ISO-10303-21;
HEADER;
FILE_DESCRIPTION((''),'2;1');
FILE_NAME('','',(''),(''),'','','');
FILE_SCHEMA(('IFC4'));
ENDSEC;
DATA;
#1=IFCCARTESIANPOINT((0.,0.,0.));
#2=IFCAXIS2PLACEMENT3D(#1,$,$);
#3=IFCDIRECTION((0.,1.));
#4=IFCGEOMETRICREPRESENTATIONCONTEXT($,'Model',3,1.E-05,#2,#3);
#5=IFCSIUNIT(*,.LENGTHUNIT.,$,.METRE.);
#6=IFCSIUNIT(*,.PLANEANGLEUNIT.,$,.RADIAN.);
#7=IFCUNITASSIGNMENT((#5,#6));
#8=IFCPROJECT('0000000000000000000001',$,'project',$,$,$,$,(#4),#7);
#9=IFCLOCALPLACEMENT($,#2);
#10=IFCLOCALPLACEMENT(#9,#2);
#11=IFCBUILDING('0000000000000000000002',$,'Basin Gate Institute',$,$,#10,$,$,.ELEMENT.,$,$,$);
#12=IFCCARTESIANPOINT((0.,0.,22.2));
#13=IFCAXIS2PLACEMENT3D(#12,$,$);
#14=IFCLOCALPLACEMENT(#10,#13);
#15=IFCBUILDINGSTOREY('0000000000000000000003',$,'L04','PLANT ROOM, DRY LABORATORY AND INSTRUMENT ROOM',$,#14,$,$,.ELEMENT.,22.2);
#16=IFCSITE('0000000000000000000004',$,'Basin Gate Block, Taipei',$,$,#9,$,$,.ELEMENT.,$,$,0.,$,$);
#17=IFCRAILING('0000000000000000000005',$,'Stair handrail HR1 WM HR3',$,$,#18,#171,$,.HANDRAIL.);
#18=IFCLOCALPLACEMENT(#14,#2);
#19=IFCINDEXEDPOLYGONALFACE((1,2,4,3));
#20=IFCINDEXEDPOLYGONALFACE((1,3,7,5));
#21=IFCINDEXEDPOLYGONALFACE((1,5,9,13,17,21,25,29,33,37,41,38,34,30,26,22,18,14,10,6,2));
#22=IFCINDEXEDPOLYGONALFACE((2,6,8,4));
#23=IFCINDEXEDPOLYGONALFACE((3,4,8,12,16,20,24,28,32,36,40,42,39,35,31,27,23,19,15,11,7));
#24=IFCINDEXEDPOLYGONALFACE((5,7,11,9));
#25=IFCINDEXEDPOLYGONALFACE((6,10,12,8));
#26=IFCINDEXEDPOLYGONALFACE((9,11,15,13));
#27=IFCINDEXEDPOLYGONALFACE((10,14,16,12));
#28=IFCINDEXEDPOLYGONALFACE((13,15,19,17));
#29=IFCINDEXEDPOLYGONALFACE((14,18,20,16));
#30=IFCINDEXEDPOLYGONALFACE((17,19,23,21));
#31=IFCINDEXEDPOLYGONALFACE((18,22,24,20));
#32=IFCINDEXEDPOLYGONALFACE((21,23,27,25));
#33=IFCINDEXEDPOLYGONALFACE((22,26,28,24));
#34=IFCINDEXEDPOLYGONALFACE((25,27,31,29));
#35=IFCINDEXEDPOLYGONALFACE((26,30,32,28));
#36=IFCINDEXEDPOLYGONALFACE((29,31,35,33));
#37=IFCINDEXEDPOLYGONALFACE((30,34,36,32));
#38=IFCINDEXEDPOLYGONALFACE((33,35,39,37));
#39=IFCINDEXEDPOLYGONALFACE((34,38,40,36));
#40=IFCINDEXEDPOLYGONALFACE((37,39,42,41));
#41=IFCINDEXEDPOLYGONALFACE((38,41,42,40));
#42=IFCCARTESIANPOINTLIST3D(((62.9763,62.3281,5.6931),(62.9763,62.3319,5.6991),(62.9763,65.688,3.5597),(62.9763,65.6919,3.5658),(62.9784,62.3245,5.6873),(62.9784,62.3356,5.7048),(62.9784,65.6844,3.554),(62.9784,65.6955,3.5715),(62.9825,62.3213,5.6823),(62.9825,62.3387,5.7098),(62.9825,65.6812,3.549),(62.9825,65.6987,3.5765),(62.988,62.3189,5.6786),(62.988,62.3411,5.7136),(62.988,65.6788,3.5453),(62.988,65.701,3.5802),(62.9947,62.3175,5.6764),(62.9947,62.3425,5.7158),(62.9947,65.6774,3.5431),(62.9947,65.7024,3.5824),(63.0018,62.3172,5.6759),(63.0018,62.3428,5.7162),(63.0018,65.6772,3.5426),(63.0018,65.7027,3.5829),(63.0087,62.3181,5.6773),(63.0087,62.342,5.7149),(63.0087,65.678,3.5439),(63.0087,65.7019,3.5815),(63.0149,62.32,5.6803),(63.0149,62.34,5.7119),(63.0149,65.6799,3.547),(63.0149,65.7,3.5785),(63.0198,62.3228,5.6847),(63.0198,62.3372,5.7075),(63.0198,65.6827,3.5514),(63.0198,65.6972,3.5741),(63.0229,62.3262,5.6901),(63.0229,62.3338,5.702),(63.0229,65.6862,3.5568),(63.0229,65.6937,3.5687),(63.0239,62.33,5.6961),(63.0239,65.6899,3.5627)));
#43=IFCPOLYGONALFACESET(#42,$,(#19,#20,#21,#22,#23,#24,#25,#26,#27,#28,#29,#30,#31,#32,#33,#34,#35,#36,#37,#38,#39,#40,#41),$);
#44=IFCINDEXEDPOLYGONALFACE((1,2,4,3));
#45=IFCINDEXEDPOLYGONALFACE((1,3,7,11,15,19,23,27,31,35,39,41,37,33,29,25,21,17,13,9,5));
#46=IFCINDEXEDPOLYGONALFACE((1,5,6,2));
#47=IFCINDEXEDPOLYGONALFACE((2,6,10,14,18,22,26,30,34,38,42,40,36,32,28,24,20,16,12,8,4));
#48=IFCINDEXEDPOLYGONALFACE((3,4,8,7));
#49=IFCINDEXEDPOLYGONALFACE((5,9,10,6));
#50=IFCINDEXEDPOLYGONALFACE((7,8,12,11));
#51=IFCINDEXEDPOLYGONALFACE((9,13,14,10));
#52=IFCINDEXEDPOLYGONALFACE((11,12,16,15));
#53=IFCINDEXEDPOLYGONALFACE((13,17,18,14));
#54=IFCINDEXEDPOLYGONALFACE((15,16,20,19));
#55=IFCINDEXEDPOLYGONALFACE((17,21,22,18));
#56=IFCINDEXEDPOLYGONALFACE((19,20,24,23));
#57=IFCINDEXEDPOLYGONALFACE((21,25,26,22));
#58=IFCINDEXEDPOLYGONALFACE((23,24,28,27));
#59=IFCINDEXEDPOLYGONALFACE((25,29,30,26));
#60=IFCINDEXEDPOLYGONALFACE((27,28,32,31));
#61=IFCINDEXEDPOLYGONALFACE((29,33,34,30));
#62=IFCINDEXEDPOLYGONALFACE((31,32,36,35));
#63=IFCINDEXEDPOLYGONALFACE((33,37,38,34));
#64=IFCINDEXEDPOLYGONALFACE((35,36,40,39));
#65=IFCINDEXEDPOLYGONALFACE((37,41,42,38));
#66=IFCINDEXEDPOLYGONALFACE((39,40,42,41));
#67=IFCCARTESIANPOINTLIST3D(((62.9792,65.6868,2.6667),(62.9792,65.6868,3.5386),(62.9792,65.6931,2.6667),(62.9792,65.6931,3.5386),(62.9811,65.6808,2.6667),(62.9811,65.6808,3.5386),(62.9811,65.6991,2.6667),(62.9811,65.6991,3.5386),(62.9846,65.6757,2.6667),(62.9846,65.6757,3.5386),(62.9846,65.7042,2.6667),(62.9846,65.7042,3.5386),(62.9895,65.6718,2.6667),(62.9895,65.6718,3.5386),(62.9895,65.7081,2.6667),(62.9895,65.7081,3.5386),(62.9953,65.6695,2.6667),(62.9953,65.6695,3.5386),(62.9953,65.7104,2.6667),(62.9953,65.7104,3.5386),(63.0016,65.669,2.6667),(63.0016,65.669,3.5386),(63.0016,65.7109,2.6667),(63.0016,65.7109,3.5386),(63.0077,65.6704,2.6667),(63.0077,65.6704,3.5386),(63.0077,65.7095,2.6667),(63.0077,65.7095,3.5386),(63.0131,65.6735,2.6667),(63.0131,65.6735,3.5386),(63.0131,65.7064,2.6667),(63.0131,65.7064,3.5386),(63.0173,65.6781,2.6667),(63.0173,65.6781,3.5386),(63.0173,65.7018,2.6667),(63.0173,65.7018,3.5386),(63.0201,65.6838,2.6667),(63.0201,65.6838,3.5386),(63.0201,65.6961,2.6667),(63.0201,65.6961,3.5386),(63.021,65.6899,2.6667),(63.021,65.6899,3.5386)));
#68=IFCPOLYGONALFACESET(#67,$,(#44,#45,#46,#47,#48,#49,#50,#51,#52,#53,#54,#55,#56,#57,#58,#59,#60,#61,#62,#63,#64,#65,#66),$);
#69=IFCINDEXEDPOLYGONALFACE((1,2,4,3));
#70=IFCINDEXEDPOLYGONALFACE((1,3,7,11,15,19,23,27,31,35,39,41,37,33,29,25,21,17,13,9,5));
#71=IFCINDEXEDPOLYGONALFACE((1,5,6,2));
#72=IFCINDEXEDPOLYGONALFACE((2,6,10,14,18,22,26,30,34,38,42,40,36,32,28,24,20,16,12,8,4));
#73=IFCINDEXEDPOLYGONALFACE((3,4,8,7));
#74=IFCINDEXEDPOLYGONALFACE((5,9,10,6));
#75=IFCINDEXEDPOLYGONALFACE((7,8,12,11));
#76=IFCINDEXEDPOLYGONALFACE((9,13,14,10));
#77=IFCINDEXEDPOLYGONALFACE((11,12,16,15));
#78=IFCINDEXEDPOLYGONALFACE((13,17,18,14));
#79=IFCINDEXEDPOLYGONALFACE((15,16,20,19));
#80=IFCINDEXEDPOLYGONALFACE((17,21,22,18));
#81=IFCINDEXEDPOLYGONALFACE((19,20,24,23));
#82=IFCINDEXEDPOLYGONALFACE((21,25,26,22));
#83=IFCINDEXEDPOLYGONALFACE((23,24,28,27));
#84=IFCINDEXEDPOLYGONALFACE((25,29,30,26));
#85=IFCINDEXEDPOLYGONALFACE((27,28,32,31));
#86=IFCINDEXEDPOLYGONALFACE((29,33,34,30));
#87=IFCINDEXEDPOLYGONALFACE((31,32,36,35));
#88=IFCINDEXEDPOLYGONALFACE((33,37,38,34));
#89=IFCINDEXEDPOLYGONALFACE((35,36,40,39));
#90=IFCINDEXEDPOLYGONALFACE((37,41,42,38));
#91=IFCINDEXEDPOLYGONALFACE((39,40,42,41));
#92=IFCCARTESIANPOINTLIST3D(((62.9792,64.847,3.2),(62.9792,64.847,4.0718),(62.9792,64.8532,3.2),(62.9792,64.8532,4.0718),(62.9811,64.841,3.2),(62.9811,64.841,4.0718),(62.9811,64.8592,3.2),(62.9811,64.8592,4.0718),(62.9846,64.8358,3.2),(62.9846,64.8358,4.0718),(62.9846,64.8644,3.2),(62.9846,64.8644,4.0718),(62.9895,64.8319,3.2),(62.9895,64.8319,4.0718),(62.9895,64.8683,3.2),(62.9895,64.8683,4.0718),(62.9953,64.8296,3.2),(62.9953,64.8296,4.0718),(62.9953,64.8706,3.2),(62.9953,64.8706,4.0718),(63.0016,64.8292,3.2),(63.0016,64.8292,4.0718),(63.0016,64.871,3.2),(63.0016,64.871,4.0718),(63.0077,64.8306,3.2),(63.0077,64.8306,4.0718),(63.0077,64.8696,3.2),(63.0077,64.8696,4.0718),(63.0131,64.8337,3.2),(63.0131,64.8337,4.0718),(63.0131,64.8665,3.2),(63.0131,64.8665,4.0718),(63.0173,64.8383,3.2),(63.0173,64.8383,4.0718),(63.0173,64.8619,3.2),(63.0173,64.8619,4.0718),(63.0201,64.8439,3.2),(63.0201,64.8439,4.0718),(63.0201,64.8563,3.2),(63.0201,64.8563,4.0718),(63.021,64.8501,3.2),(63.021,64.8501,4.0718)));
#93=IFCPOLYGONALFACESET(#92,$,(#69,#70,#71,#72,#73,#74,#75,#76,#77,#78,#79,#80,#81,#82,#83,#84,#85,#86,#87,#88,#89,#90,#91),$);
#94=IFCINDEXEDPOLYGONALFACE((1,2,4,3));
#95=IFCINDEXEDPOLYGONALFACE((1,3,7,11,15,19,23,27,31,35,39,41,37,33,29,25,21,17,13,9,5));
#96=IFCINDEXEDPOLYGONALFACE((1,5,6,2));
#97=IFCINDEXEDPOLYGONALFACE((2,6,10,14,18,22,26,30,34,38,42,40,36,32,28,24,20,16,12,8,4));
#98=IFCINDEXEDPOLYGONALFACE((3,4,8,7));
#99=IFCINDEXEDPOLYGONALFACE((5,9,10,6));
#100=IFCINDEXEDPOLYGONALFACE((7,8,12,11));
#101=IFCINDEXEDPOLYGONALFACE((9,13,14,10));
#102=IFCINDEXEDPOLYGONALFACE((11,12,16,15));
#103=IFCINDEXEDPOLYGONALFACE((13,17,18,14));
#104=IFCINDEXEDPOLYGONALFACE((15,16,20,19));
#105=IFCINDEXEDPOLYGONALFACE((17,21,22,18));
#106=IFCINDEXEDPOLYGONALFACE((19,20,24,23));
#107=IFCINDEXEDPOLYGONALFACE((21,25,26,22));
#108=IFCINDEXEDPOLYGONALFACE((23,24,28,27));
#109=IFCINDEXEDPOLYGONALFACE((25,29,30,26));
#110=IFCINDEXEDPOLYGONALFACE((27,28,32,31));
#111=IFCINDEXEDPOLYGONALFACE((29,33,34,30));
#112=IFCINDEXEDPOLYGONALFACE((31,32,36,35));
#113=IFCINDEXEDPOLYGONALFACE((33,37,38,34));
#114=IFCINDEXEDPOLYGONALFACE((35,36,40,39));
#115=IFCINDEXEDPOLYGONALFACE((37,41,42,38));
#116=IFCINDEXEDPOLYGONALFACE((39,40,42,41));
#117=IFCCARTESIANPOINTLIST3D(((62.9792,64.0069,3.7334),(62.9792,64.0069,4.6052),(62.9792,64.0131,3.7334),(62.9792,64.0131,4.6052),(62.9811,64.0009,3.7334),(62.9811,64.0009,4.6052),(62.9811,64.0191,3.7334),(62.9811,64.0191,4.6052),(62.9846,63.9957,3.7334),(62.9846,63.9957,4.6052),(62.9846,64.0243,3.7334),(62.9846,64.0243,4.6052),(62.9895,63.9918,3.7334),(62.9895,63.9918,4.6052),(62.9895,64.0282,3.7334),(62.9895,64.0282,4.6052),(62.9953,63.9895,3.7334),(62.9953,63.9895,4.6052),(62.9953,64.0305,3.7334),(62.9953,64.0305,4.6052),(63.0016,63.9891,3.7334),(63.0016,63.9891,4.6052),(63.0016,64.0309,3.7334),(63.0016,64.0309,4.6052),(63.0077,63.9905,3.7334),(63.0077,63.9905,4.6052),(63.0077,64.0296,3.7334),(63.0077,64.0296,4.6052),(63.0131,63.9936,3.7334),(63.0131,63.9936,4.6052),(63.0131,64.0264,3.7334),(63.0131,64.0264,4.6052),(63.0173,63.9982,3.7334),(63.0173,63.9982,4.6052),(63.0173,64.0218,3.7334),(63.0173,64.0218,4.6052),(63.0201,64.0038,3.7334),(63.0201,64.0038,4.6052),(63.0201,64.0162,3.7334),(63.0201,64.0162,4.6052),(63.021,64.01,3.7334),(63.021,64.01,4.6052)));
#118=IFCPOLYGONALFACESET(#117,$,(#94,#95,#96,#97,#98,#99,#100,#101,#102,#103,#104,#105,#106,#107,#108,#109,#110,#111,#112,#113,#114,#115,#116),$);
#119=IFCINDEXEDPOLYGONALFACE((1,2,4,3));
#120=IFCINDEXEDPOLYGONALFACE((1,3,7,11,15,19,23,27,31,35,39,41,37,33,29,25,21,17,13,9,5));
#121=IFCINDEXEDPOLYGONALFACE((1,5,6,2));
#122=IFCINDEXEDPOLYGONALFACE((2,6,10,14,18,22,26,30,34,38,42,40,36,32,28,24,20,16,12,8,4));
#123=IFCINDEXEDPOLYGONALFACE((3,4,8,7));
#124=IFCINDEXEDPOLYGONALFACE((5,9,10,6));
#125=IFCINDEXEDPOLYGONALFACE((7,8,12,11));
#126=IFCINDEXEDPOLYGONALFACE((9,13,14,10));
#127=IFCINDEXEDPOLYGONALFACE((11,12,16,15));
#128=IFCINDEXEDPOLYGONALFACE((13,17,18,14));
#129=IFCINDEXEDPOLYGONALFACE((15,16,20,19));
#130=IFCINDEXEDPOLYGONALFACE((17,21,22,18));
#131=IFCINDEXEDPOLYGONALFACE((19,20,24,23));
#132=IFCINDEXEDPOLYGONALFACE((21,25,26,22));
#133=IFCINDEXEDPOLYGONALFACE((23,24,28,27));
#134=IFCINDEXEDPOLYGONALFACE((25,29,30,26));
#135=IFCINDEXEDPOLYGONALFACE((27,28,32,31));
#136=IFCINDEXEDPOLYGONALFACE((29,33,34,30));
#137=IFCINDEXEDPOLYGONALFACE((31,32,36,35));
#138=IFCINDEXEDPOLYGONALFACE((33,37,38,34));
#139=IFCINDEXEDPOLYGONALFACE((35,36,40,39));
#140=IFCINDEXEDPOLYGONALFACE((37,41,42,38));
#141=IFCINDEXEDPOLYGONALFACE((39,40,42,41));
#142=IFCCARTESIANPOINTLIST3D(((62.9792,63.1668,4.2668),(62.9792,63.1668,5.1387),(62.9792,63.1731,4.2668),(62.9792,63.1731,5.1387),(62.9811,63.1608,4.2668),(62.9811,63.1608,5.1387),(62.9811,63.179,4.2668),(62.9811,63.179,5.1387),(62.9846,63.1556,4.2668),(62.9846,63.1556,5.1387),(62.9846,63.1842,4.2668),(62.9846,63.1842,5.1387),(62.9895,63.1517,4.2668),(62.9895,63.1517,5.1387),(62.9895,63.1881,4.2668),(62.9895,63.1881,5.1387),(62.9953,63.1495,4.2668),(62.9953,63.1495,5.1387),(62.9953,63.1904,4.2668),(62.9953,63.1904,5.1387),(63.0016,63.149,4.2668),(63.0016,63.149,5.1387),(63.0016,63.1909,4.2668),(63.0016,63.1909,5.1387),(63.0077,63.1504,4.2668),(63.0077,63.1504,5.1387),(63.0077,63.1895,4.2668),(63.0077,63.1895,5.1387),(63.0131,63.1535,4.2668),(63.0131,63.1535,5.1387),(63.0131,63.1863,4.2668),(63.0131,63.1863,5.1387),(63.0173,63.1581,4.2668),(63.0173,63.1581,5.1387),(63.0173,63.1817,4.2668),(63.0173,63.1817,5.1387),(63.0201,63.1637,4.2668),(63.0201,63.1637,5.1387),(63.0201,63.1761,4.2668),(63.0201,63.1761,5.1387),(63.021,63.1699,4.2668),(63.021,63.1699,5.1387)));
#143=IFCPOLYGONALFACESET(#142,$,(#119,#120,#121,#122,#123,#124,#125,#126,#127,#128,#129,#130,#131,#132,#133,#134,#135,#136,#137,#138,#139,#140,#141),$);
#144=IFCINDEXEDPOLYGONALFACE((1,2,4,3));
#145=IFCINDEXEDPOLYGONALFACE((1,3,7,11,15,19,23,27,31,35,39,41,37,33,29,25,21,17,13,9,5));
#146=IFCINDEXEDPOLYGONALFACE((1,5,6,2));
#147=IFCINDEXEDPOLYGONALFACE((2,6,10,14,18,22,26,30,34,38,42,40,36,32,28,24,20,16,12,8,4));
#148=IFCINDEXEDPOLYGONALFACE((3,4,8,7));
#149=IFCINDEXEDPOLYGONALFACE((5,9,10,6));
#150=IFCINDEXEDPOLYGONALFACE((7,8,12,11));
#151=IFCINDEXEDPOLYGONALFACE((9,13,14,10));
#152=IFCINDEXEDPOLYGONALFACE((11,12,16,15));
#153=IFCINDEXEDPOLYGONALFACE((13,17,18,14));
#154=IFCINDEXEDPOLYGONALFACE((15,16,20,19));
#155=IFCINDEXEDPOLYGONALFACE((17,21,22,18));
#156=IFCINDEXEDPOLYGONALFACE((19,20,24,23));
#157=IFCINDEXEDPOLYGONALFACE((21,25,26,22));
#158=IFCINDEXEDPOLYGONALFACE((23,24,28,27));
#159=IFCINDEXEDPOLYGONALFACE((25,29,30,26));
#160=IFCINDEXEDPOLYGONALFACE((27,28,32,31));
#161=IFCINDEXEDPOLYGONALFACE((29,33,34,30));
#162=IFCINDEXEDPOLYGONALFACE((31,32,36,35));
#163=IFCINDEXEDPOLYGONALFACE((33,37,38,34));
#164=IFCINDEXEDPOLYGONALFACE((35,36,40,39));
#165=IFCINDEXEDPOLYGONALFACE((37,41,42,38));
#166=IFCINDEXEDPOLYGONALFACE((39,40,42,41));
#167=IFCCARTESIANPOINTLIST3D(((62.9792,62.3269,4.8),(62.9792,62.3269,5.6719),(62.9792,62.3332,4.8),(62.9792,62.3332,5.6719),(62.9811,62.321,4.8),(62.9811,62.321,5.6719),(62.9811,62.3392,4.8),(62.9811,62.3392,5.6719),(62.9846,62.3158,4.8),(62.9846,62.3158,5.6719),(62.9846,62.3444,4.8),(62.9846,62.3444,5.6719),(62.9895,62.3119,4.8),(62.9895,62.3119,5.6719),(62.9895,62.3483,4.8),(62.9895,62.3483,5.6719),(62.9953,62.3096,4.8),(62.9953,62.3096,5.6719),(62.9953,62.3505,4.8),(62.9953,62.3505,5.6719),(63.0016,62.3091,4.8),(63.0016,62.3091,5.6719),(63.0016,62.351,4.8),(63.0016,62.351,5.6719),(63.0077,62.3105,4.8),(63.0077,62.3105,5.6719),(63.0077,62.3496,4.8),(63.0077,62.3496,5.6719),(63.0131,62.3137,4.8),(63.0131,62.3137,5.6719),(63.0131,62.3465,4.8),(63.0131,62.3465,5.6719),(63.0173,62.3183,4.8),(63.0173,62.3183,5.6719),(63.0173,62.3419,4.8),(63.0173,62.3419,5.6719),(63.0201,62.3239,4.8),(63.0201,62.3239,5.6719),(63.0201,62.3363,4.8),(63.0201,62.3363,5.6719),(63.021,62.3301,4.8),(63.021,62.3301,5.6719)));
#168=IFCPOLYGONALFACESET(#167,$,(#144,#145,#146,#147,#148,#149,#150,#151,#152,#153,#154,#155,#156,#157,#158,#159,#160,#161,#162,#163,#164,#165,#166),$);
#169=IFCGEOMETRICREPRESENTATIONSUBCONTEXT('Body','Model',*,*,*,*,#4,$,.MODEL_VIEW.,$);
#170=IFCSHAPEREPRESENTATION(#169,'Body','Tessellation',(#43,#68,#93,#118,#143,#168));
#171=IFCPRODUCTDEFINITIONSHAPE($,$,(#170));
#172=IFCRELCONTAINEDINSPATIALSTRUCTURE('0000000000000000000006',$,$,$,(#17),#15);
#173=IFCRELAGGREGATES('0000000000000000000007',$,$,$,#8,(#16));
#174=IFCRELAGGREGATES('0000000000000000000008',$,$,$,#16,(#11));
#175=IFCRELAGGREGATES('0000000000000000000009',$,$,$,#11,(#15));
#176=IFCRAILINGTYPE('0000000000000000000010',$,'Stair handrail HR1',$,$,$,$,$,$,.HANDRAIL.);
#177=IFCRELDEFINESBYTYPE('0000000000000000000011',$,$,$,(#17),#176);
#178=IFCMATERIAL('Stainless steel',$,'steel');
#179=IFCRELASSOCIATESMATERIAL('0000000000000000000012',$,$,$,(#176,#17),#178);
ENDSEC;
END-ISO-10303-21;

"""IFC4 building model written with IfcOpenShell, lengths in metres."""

from ifc_helpers import new_model, si_unit, direction, frame, origin, origin_2d, place, context, subcontext, project, spatial, circle, extrude, material, type_object, element, save


model = new_model("IFC4")

# Units and contexts
model_context = context("Model", 3, precision=1e-05, world=origin(), true_north=direction((0.0, 1.0)))
body_context = subcontext(model_context, "Body", "Model", "MODEL_VIEW")
ifc_project = project(units=[si_unit("LENGTHUNIT", "METRE"), si_unit("PLANEANGLEUNIT", "RADIAN")], contexts=[model_context])

# Site, building, storey
site_placement = place(None, origin())
site = spatial("IfcSite", under=ifc_project, at=site_placement, Name="Basin Gate Block, Taipei", CompositionType="ELEMENT", RefElevation=0.0)
building_placement = place(site_placement, origin())
building = spatial("IfcBuilding", under=site, at=building_placement, Name="Basin Gate Institute", CompositionType="ELEMENT")
storey_placement = place(building_placement, frame((0.0, 0.0, 22.2)))
storey = spatial("IfcBuildingStorey", under=building, at=storey_placement, Name="L04", Description="PLANT ROOM, DRY LABORATORY AND INSTRUMENT ROOM", CompositionType="ELEMENT", Elevation=22.2)

# Railing
ifc_material_1 = material(Name="Stainless steel", Category="steel")
railing_type_1 = type_object("IfcRailingType", Name="Stair handrail HR1", PredefinedType="HANDRAIL", material=ifc_material_1)
railing_1_placement = place(storey_placement, frame((63.0, 65.6899, 2.6667)))
element("IfcRailing", 1, at=railing_1_placement, inside=storey, type_object=railing_type_1, material=ifc_material_1, Name="Stair handrail HR1 WM HR3", PredefinedType="HANDRAIL", context=body_context, shape_type="SweptSolid", body=[
    extrude(circle(Radius=0.0239, at=origin_2d()), frame((0.0, 0.0, 0.896), z_axis=(0.0, -0.844207, 0.536018), x_axis=(1.0, 0.0, 0.0)), (0.0, 0.0, 1.0), 3.98),
    extrude(circle(Radius=0.021, at=origin_2d()), origin(), (0.0, 0.0, 1.0), 0.8718),
    extrude(circle(Radius=0.021, at=origin_2d()), frame((0.0, -0.8398, 0.5332)), (0.0, 0.0, 1.0), 0.8718),
    extrude(circle(Radius=0.021, at=origin_2d()), frame((0.0, -1.6799, 1.0667)), (0.0, 0.0, 1.0), 0.8718),
    extrude(circle(Radius=0.021, at=origin_2d()), frame((0.0, -2.52, 1.6001)), (0.0, 0.0, 1.0), 0.8718),
    extrude(circle(Radius=0.021, at=origin_2d()), frame((0.0, -3.3599, 2.1333)), (0.0, 0.0, 1.0), 0.8718),
])

save(model, "model.ifc")
